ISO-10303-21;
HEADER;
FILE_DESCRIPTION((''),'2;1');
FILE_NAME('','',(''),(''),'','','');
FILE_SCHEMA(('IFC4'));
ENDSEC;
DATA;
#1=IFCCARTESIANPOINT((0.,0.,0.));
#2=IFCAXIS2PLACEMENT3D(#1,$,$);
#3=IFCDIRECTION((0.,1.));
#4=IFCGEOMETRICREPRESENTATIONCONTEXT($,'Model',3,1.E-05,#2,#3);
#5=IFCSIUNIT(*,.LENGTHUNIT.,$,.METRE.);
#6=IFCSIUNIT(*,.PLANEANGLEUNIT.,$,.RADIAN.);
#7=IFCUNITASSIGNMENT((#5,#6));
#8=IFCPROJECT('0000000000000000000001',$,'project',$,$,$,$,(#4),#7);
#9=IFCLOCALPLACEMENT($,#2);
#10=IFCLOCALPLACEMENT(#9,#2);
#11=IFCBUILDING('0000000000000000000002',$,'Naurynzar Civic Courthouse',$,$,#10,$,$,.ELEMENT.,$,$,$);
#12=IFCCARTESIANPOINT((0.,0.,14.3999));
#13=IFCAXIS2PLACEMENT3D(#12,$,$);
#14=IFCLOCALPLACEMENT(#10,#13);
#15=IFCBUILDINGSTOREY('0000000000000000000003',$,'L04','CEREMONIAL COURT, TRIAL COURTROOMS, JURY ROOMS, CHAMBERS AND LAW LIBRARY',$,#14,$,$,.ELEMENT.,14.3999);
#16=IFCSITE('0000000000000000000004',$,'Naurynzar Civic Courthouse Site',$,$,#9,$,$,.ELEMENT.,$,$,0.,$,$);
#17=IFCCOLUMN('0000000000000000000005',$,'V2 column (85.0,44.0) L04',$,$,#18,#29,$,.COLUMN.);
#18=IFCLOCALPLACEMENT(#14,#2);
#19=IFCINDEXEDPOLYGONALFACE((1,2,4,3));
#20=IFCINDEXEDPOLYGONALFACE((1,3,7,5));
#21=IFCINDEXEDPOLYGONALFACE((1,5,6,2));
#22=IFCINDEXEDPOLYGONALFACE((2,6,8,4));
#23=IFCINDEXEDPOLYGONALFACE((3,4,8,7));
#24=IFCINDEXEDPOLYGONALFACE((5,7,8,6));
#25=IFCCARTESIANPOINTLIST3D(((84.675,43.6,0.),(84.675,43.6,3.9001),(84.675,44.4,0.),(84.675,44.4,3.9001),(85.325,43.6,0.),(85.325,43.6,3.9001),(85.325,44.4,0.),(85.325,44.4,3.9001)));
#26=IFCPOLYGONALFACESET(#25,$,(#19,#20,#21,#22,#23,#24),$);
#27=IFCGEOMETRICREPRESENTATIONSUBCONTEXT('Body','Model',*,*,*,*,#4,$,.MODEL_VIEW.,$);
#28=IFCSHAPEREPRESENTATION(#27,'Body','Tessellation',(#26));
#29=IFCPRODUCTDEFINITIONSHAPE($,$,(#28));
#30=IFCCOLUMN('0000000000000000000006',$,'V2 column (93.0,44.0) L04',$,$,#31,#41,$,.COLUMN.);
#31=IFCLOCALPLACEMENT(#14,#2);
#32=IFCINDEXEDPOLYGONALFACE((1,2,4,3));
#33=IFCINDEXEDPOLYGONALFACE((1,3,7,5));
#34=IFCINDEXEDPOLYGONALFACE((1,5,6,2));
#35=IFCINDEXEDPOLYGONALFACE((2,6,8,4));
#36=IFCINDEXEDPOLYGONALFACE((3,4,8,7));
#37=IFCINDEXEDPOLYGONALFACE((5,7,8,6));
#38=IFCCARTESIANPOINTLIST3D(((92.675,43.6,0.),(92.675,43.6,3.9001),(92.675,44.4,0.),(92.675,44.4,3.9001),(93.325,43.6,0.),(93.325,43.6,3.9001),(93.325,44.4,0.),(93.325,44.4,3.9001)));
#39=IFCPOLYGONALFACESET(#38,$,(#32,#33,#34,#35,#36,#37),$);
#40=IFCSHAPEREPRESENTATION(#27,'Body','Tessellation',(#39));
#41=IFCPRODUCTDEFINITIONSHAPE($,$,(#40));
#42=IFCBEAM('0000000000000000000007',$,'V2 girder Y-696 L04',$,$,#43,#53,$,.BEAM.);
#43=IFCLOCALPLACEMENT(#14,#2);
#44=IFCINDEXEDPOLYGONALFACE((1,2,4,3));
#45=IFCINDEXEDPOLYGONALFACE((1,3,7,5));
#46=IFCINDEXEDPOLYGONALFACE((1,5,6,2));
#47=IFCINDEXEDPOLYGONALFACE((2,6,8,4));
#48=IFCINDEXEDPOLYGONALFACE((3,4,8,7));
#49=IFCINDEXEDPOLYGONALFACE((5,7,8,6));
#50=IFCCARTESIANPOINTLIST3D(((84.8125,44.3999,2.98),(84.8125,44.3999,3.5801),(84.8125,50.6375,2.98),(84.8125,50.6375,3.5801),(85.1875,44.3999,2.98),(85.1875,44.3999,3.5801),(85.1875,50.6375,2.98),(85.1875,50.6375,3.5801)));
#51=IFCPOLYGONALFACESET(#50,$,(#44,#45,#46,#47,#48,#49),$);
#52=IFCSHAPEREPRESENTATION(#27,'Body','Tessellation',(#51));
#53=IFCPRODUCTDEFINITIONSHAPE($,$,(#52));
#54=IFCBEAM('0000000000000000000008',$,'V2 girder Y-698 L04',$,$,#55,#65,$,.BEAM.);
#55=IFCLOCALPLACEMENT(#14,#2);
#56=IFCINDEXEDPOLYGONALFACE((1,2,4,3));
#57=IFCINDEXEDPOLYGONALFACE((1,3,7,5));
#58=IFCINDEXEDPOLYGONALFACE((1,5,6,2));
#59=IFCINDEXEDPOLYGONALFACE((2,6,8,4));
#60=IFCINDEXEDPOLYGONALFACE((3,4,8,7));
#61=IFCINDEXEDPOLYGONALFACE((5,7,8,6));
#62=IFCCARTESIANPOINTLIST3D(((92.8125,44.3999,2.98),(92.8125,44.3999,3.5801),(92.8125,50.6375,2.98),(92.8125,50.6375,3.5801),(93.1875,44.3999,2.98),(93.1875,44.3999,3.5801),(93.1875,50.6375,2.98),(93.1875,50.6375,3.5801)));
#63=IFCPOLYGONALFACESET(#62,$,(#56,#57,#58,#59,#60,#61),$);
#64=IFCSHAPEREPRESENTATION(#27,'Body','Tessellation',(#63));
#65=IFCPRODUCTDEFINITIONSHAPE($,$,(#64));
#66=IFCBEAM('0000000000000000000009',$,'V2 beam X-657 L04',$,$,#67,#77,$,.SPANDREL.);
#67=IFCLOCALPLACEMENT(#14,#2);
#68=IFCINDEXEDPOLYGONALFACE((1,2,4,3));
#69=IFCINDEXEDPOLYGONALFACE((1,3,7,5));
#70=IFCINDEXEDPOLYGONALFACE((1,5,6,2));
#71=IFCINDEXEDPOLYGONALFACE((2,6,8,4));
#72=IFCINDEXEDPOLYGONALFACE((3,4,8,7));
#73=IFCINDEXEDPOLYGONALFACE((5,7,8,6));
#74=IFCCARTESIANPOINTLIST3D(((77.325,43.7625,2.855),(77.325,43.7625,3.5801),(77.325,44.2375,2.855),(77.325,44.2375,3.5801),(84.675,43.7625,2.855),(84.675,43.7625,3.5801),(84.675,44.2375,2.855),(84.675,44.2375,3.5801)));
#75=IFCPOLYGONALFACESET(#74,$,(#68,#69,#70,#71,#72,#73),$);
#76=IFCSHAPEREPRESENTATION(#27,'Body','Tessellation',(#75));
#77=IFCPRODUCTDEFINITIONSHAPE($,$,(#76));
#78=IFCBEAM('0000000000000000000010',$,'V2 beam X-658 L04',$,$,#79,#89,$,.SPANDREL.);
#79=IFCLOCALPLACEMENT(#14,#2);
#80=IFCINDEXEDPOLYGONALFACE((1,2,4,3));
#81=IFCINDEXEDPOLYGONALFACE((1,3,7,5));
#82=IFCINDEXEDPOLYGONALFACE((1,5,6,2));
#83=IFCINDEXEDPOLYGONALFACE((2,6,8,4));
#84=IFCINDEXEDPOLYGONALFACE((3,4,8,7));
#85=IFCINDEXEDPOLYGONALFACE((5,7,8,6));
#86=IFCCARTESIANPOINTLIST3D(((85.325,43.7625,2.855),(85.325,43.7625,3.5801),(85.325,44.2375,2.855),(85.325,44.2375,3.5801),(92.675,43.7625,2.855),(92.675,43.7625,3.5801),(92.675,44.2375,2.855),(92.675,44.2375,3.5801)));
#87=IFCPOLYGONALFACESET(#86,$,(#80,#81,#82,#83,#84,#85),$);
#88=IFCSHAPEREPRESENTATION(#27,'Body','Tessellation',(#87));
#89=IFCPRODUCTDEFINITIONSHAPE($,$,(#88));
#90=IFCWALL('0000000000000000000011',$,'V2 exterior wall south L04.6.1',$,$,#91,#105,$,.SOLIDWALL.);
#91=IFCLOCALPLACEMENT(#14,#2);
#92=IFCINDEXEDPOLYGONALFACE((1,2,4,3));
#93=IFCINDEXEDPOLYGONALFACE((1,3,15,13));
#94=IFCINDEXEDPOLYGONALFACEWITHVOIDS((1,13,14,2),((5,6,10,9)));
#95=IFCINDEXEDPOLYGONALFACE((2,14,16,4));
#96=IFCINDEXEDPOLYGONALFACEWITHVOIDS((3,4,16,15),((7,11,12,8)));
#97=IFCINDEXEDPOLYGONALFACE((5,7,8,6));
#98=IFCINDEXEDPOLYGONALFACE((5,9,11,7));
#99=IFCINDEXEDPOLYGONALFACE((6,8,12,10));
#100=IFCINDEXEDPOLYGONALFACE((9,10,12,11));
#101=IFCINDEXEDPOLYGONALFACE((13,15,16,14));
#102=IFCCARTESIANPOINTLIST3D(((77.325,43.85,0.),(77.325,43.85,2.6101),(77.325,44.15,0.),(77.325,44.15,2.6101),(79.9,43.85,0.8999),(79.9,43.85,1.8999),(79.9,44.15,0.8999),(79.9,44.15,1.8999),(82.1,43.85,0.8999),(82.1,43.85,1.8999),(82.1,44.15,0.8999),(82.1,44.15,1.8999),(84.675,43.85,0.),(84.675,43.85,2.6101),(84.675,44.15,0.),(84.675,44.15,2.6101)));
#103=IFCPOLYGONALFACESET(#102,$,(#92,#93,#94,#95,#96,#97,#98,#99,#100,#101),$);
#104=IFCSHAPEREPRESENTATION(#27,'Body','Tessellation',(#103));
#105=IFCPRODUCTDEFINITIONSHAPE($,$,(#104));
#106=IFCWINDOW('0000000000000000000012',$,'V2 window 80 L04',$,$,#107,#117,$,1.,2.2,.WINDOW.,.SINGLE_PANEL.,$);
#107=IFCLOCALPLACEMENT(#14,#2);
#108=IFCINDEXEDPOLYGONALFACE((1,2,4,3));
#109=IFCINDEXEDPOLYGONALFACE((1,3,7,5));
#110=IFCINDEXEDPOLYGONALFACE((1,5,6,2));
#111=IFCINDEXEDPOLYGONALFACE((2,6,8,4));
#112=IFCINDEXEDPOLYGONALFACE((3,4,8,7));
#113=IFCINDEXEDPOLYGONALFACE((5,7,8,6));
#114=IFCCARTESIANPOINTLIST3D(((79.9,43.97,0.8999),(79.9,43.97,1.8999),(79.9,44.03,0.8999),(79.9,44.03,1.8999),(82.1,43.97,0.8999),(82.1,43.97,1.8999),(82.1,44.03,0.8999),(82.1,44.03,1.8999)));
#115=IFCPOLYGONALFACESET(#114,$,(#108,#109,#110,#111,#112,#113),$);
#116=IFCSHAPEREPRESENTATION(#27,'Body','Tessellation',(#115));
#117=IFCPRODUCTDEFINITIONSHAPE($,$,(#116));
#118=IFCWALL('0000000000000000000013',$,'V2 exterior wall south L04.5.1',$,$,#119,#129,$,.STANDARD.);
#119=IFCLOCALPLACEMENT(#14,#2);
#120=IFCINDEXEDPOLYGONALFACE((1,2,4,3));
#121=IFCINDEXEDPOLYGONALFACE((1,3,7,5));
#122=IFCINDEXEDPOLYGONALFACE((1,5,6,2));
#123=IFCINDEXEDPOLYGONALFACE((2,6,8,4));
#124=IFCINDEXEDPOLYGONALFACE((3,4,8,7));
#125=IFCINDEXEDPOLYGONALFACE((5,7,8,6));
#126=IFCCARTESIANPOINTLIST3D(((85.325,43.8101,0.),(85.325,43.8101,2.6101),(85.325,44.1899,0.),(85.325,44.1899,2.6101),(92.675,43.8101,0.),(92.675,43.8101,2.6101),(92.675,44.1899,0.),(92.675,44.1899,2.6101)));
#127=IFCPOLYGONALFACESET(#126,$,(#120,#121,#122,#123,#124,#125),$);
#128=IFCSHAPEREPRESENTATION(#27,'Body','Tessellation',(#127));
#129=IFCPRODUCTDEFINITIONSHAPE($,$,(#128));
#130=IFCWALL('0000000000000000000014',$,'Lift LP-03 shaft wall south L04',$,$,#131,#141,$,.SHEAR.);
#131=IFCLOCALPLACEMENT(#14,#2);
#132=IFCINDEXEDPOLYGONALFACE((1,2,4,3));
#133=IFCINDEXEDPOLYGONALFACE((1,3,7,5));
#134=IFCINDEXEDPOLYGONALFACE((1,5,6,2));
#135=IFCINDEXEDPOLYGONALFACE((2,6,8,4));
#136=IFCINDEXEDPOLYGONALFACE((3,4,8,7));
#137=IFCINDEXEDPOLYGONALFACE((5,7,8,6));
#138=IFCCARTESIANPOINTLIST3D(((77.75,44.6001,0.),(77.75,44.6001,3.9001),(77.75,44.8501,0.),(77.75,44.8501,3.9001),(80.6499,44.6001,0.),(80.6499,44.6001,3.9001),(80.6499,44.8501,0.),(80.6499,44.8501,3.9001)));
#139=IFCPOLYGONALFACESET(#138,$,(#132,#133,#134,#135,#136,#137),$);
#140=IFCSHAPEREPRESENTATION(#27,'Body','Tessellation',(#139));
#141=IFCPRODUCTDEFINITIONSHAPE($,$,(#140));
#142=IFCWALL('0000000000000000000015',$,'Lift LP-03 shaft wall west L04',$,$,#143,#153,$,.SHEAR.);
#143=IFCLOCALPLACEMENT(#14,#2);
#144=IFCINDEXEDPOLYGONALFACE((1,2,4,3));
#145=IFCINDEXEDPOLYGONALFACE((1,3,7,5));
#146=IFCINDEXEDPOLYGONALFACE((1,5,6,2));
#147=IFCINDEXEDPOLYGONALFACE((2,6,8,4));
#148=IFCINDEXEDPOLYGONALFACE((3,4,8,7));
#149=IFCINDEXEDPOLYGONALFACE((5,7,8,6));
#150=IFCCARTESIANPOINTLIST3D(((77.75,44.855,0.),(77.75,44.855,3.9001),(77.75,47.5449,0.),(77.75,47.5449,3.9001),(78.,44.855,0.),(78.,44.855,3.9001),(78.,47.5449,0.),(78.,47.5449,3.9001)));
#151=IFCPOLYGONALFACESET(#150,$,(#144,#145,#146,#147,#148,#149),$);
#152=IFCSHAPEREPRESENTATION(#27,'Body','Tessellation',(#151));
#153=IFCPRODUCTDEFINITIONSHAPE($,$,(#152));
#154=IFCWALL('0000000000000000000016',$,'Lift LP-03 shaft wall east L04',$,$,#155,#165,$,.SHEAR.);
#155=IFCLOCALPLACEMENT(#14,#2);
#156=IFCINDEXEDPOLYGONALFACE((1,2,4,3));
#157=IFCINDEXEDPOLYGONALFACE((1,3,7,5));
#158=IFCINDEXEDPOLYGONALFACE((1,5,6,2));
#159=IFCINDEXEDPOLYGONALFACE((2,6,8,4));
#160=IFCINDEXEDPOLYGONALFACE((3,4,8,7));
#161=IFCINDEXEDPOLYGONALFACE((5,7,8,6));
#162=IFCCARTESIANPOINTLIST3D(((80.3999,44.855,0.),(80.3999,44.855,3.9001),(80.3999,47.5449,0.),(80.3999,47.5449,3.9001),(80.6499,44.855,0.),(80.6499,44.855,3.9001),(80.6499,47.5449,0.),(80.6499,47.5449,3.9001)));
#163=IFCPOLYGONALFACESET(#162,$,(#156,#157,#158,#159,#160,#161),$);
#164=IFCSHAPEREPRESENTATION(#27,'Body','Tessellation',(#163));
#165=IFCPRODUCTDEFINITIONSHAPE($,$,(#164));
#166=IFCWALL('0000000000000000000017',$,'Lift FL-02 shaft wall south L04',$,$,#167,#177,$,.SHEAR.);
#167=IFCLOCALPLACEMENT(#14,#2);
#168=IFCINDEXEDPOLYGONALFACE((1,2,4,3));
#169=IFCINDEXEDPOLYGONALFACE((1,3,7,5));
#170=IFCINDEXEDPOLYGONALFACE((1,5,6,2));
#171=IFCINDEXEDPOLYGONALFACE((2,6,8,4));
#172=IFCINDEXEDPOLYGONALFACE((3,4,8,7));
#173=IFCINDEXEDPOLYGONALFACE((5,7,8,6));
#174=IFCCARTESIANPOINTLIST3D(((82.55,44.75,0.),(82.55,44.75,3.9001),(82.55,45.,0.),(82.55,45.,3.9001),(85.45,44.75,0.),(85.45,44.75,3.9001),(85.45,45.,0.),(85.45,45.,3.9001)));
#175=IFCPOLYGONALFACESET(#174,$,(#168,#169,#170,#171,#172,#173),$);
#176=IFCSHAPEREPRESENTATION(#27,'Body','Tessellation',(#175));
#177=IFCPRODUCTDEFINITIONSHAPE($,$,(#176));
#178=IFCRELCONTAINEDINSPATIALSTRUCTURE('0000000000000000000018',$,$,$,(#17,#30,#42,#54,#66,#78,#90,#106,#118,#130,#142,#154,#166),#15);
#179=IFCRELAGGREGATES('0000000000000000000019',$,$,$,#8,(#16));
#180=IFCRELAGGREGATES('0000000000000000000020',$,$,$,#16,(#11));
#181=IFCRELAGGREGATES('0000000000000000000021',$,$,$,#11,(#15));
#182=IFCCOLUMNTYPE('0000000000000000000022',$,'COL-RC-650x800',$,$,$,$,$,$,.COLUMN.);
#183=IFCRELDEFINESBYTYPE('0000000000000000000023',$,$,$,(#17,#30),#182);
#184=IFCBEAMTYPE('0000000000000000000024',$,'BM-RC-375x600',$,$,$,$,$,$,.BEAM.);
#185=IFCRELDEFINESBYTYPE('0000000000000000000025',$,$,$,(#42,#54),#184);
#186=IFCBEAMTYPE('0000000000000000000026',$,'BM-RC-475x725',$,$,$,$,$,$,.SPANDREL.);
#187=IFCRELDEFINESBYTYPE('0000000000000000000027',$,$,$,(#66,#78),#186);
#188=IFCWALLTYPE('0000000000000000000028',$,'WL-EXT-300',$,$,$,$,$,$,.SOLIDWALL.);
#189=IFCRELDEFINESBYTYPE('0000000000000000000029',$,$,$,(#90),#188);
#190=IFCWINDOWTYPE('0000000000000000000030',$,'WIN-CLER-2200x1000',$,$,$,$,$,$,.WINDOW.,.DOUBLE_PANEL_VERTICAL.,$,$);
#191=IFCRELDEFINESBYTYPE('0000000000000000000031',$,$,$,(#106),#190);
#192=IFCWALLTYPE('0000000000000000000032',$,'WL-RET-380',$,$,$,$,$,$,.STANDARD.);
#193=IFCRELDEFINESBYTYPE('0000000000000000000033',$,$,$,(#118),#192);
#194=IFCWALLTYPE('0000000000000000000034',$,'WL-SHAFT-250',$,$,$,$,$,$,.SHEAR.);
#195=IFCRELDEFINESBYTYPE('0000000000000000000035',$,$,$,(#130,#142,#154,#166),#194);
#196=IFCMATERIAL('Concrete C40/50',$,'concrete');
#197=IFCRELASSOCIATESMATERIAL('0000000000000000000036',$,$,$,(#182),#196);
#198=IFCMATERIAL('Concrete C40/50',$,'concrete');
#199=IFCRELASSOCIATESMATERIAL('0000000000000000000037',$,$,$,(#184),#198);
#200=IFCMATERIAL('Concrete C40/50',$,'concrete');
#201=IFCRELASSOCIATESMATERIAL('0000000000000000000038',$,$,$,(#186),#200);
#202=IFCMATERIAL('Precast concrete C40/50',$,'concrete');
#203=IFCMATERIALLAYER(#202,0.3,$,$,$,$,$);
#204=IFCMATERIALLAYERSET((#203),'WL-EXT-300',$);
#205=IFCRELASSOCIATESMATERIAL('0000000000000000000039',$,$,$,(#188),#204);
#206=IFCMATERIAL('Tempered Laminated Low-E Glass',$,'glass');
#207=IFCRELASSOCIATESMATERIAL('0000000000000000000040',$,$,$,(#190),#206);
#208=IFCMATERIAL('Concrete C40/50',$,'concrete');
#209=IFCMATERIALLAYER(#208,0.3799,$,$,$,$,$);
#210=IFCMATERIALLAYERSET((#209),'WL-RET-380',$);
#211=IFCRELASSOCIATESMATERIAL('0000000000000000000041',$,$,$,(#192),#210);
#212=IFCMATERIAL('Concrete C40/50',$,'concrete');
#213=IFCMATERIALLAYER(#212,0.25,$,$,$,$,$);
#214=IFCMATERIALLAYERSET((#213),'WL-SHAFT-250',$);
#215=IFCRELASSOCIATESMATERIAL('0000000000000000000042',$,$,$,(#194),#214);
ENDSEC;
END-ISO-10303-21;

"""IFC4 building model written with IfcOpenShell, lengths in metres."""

from ifc_helpers import new_model, si_unit, direction, frame, frame_2d, origin, origin_2d, place, context, subcontext, project, spatial, rectangle, extrude, material, layer, layer_set, material_profile, profile_set, type_object, element, fill, save


model = new_model("IFC4")

# Units and contexts
model_context = context("Model", 3, precision=1e-05, world=origin(), true_north=direction((0.0, 1.0)))
body_context = subcontext(model_context, "Body", "Model", "MODEL_VIEW")
ifc_project = project(units=[si_unit("LENGTHUNIT", "METRE"), si_unit("PLANEANGLEUNIT", "RADIAN")], contexts=[model_context])

# Site, building, storey
site_placement = place(None, origin())
site = spatial("IfcSite", under=ifc_project, at=site_placement, Name="Naurynzar Civic Courthouse Site", CompositionType="ELEMENT", RefElevation=0.0)
building_placement = place(site_placement, origin())
building = spatial("IfcBuilding", under=site, at=building_placement, Name="Naurynzar Civic Courthouse", CompositionType="ELEMENT")
storey_placement = place(building_placement, frame((0.0, 0.0, 14.3999)))
storey = spatial("IfcBuildingStorey", under=building, at=storey_placement, Name="L04", Description="CEREMONIAL COURT, TRIAL COURTROOMS, JURY ROOMS, CHAMBERS AND LAW LIBRARY", CompositionType="ELEMENT", Elevation=14.3999)

# Columns
ifc_material_1 = material(Name="Concrete C40/50", Category="concrete")
ifc_material_profile_1 = material_profile(ifc_material_1, rectangle(XDim=0.6499, YDim=0.8, at=origin_2d()), Name="RC 650x800")
ifc_profile_set_1 = profile_set([ifc_material_profile_1], Name="Concrete C40/50")
column_type = type_object("IfcColumnType", Name="COL-RC-650x800", PredefinedType="COLUMN", material=ifc_profile_set_1)
for number, where, z_axis, x_axis, name in (
    (1, (85.0, 44.0, 0.0), (0.0, 0.0, 1.0), (1.0, 0.0, 0.0), "V2 column (85.0,44.0) L04"),
    (2, (93.0, 44.0, 0.0), (0.0, 0.0, 1.0), (1.0, 0.0, 0.0), "V2 column (93.0,44.0) L04"),
):
    element("IfcColumn", number, at=place(storey_placement, frame(where, z_axis=z_axis, x_axis=x_axis)), inside=storey, type_object=column_type, Name=name, PredefinedType="COLUMN", context=body_context, shape_type="SweptSolid", body=[
        extrude(rectangle(XDim=0.6499, YDim=0.8, at=origin_2d()), origin(), (0.0, 0.0, 1.0), 3.9001),
    ])

# Beams
ifc_material_2 = material(Name="Concrete C40/50", Category="concrete")
ifc_material_profile_2 = material_profile(ifc_material_2, rectangle(XDim=0.375, YDim=0.6001, at=origin_2d()), Name="RCB 375x600")
ifc_profile_set_2 = profile_set([ifc_material_profile_2], Name="Concrete C40/50")
beam_type_1 = type_object("IfcBeamType", Name="BM-RC-375x600", PredefinedType="BEAM", material=ifc_profile_set_2)
for number, where, z_axis, x_axis, name in (
    (3, (85.0, 44.3999, 3.28), (0.0, 1.0, 0.0), (-1.0, 0.0, 0.0), "V2 girder Y-696 L04"),
    (4, (93.0, 44.3999, 3.28), (0.0, 1.0, 0.0), (-1.0, 0.0, 0.0), "V2 girder Y-698 L04"),
):
    element("IfcBeam", number, at=place(storey_placement, frame(where, z_axis=z_axis, x_axis=x_axis)), inside=storey, type_object=beam_type_1, Name=name, PredefinedType="BEAM", context=body_context, shape_type="SweptSolid", body=[
        extrude(rectangle(XDim=0.375, YDim=0.6001, at=origin_2d()), origin(), (0.0, 0.0, 1.0), 6.2375),
    ])
ifc_material_3 = material(Name="Concrete C40/50", Category="concrete")
ifc_material_profile_3 = material_profile(ifc_material_3, rectangle(XDim=0.4751, YDim=0.7251, at=origin_2d()), Name="RCB 475x725")
ifc_profile_set_3 = profile_set([ifc_material_profile_3], Name="Concrete C40/50")
beam_type_2 = type_object("IfcBeamType", Name="BM-RC-475x725", PredefinedType="SPANDREL", material=ifc_profile_set_3)
for number, where, z_axis, x_axis, name in (
    (5, (77.325, 44.0, 3.2175), (1.0, 0.0, 0.0), (0.0, 1.0, 0.0), "V2 beam X-657 L04"),
    (6, (85.325, 44.0, 3.2175), (1.0, 0.0, 0.0), (0.0, 1.0, 0.0), "V2 beam X-658 L04"),
):
    element("IfcBeam", number, at=place(storey_placement, frame(where, z_axis=z_axis, x_axis=x_axis)), inside=storey, type_object=beam_type_2, Name=name, PredefinedType="SPANDREL", context=body_context, shape_type="SweptSolid", body=[
        extrude(rectangle(XDim=0.4751, YDim=0.7251, at=origin_2d()), origin(), (0.0, 0.0, 1.0), 7.3501),
    ])

# Wall, opening, window
ifc_material_4 = material(Name="Precast concrete C40/50", Category="concrete")
ifc_layer_1 = layer(ifc_material_4, 0.3)
ifc_layer_set_1 = layer_set([ifc_layer_1], Name="WL-EXT-300")
wall_type_1 = type_object("IfcWallType", Name="WL-EXT-300", PredefinedType="SOLIDWALL", material=ifc_layer_set_1)
wall_1_placement = place(storey_placement, frame((84.675, 44.0, 0.0), z_axis=(0.0, 0.0, 1.0), x_axis=(-1.0, 0.0, 0.0)))
wall_1 = element("IfcWall", 7, at=wall_1_placement, inside=storey, type_object=wall_type_1, Name="V2 exterior wall south L04.6.1", PredefinedType="SOLIDWALL", context=body_context, shape_type="SweptSolid", body=[
    extrude(rectangle(XDim=7.3501, YDim=0.3, at=frame_2d((3.675, 0.0))), origin(), (0.0, 0.0, 1.0), 2.6101),
])
opening_1_placement = place(wall_1_placement, frame((2.575, 0.0, 0.8999)))
opening_1 = element("IfcOpeningElement", 8, at=opening_1_placement, cuts=wall_1, PredefinedType="OPENING", context=body_context, shape_type="SweptSolid", body=[
    extrude(rectangle(XDim=2.2, YDim=1.0, at=frame_2d((1.1001, 0.5))), frame((0.0, 0.1599, 0.0), z_axis=(0.0, -1.0, 0.0), x_axis=(1.0, 0.0, 0.0)), (0.0, 0.0, 1.0), 0.3201),
])
ifc_material_5 = material(Name="Tempered Laminated Low-E Glass", Category="glass")
window_type = type_object("IfcWindowType", Name="WIN-CLER-2200x1000", PartitioningType="DOUBLE_PANEL_VERTICAL", PredefinedType="WINDOW", material=ifc_material_5)
window_placement = place(opening_1_placement, origin())
window = element("IfcWindow", 9, at=window_placement, inside=storey, type_object=window_type, Name="V2 window 80 L04", OverallHeight=1.0, OverallWidth=2.2, PartitioningType="SINGLE_PANEL", PredefinedType="WINDOW", context=body_context, shape_type="SweptSolid", body=[
    extrude(rectangle(XDim=2.2, YDim=1.0, at=frame_2d((1.1001, 0.5))), frame((0.0, 0.03, 0.0), z_axis=(0.0, -1.0, 0.0), x_axis=(1.0, 0.0, 0.0)), (0.0, 0.0, 1.0), 0.0601),
])
fill(opening_1, window)

# Walls
ifc_material_6 = material(Name="Concrete C40/50", Category="concrete")
ifc_layer_2 = layer(ifc_material_6, 0.3799)
ifc_layer_set_2 = layer_set([ifc_layer_2], Name="WL-RET-380")
wall_type_2 = type_object("IfcWallType", Name="WL-RET-380", PredefinedType="STANDARD", material=ifc_layer_set_2)
wall_2_placement = place(storey_placement, frame((92.675, 44.0, 0.0), z_axis=(0.0, 0.0, 1.0), x_axis=(-1.0, 0.0, 0.0)))
element("IfcWall", 10, at=wall_2_placement, inside=storey, type_object=wall_type_2, Name="V2 exterior wall south L04.5.1", PredefinedType="STANDARD", context=body_context, shape_type="SweptSolid", body=[
    extrude(rectangle(XDim=7.3501, YDim=0.3799, at=frame_2d((3.675, 0.0))), origin(), (0.0, 0.0, 1.0), 2.6101),
])
ifc_material_7 = material(Name="Concrete C40/50", Category="concrete")
ifc_layer_3 = layer(ifc_material_7, 0.25)
ifc_layer_set_3 = layer_set([ifc_layer_3], Name="WL-SHAFT-250")
wall_type_3 = type_object("IfcWallType", Name="WL-SHAFT-250", PredefinedType="SHEAR", material=ifc_layer_set_3)
wall_3_placement = place(storey_placement, frame((77.75, 44.7251, 0.0), z_axis=(0.0, 0.0, 1.0), x_axis=(1.0, 0.0, 0.0)))
element("IfcWall", 11, at=wall_3_placement, inside=storey, type_object=wall_type_3, Name="Lift LP-03 shaft wall south L04", PredefinedType="SHEAR", context=body_context, shape_type="SweptSolid", body=[
    extrude(rectangle(XDim=2.8999, YDim=0.25, at=frame_2d((1.45, 0.0))), origin(), (0.0, 0.0, 1.0), 3.9001),
])

# Walls
for number, where, z_axis, x_axis, name in (
    (12, (77.875, 47.5449, 0.0), (0.0, 0.0, 1.0), (0.0, -1.0, 0.0), "Lift LP-03 shaft wall west L04"),
    (13, (80.5249, 44.855, 0.0), (0.0, 0.0, 1.0), (0.0, 1.0, 0.0), "Lift LP-03 shaft wall east L04"),
):
    element("IfcWall", number, at=place(storey_placement, frame(where, z_axis=z_axis, x_axis=x_axis)), inside=storey, type_object=wall_type_3, Name=name, PredefinedType="SHEAR", context=body_context, shape_type="SweptSolid", body=[
        extrude(rectangle(XDim=2.6899, YDim=0.25, at=frame_2d((1.345, 0.0))), origin(), (0.0, 0.0, 1.0), 3.9001),
    ])
wall_4_placement = place(storey_placement, frame((82.55, 44.875, 0.0), z_axis=(0.0, 0.0, 1.0), x_axis=(1.0, 0.0, 0.0)))
element("IfcWall", 14, at=wall_4_placement, inside=storey, type_object=wall_type_3, Name="Lift FL-02 shaft wall south L04", PredefinedType="SHEAR", context=body_context, shape_type="SweptSolid", body=[
    extrude(rectangle(XDim=2.8999, YDim=0.25, at=frame_2d((1.45, 0.0))), origin(), (0.0, 0.0, 1.0), 3.9001),
])

save(model, "model.ifc")
